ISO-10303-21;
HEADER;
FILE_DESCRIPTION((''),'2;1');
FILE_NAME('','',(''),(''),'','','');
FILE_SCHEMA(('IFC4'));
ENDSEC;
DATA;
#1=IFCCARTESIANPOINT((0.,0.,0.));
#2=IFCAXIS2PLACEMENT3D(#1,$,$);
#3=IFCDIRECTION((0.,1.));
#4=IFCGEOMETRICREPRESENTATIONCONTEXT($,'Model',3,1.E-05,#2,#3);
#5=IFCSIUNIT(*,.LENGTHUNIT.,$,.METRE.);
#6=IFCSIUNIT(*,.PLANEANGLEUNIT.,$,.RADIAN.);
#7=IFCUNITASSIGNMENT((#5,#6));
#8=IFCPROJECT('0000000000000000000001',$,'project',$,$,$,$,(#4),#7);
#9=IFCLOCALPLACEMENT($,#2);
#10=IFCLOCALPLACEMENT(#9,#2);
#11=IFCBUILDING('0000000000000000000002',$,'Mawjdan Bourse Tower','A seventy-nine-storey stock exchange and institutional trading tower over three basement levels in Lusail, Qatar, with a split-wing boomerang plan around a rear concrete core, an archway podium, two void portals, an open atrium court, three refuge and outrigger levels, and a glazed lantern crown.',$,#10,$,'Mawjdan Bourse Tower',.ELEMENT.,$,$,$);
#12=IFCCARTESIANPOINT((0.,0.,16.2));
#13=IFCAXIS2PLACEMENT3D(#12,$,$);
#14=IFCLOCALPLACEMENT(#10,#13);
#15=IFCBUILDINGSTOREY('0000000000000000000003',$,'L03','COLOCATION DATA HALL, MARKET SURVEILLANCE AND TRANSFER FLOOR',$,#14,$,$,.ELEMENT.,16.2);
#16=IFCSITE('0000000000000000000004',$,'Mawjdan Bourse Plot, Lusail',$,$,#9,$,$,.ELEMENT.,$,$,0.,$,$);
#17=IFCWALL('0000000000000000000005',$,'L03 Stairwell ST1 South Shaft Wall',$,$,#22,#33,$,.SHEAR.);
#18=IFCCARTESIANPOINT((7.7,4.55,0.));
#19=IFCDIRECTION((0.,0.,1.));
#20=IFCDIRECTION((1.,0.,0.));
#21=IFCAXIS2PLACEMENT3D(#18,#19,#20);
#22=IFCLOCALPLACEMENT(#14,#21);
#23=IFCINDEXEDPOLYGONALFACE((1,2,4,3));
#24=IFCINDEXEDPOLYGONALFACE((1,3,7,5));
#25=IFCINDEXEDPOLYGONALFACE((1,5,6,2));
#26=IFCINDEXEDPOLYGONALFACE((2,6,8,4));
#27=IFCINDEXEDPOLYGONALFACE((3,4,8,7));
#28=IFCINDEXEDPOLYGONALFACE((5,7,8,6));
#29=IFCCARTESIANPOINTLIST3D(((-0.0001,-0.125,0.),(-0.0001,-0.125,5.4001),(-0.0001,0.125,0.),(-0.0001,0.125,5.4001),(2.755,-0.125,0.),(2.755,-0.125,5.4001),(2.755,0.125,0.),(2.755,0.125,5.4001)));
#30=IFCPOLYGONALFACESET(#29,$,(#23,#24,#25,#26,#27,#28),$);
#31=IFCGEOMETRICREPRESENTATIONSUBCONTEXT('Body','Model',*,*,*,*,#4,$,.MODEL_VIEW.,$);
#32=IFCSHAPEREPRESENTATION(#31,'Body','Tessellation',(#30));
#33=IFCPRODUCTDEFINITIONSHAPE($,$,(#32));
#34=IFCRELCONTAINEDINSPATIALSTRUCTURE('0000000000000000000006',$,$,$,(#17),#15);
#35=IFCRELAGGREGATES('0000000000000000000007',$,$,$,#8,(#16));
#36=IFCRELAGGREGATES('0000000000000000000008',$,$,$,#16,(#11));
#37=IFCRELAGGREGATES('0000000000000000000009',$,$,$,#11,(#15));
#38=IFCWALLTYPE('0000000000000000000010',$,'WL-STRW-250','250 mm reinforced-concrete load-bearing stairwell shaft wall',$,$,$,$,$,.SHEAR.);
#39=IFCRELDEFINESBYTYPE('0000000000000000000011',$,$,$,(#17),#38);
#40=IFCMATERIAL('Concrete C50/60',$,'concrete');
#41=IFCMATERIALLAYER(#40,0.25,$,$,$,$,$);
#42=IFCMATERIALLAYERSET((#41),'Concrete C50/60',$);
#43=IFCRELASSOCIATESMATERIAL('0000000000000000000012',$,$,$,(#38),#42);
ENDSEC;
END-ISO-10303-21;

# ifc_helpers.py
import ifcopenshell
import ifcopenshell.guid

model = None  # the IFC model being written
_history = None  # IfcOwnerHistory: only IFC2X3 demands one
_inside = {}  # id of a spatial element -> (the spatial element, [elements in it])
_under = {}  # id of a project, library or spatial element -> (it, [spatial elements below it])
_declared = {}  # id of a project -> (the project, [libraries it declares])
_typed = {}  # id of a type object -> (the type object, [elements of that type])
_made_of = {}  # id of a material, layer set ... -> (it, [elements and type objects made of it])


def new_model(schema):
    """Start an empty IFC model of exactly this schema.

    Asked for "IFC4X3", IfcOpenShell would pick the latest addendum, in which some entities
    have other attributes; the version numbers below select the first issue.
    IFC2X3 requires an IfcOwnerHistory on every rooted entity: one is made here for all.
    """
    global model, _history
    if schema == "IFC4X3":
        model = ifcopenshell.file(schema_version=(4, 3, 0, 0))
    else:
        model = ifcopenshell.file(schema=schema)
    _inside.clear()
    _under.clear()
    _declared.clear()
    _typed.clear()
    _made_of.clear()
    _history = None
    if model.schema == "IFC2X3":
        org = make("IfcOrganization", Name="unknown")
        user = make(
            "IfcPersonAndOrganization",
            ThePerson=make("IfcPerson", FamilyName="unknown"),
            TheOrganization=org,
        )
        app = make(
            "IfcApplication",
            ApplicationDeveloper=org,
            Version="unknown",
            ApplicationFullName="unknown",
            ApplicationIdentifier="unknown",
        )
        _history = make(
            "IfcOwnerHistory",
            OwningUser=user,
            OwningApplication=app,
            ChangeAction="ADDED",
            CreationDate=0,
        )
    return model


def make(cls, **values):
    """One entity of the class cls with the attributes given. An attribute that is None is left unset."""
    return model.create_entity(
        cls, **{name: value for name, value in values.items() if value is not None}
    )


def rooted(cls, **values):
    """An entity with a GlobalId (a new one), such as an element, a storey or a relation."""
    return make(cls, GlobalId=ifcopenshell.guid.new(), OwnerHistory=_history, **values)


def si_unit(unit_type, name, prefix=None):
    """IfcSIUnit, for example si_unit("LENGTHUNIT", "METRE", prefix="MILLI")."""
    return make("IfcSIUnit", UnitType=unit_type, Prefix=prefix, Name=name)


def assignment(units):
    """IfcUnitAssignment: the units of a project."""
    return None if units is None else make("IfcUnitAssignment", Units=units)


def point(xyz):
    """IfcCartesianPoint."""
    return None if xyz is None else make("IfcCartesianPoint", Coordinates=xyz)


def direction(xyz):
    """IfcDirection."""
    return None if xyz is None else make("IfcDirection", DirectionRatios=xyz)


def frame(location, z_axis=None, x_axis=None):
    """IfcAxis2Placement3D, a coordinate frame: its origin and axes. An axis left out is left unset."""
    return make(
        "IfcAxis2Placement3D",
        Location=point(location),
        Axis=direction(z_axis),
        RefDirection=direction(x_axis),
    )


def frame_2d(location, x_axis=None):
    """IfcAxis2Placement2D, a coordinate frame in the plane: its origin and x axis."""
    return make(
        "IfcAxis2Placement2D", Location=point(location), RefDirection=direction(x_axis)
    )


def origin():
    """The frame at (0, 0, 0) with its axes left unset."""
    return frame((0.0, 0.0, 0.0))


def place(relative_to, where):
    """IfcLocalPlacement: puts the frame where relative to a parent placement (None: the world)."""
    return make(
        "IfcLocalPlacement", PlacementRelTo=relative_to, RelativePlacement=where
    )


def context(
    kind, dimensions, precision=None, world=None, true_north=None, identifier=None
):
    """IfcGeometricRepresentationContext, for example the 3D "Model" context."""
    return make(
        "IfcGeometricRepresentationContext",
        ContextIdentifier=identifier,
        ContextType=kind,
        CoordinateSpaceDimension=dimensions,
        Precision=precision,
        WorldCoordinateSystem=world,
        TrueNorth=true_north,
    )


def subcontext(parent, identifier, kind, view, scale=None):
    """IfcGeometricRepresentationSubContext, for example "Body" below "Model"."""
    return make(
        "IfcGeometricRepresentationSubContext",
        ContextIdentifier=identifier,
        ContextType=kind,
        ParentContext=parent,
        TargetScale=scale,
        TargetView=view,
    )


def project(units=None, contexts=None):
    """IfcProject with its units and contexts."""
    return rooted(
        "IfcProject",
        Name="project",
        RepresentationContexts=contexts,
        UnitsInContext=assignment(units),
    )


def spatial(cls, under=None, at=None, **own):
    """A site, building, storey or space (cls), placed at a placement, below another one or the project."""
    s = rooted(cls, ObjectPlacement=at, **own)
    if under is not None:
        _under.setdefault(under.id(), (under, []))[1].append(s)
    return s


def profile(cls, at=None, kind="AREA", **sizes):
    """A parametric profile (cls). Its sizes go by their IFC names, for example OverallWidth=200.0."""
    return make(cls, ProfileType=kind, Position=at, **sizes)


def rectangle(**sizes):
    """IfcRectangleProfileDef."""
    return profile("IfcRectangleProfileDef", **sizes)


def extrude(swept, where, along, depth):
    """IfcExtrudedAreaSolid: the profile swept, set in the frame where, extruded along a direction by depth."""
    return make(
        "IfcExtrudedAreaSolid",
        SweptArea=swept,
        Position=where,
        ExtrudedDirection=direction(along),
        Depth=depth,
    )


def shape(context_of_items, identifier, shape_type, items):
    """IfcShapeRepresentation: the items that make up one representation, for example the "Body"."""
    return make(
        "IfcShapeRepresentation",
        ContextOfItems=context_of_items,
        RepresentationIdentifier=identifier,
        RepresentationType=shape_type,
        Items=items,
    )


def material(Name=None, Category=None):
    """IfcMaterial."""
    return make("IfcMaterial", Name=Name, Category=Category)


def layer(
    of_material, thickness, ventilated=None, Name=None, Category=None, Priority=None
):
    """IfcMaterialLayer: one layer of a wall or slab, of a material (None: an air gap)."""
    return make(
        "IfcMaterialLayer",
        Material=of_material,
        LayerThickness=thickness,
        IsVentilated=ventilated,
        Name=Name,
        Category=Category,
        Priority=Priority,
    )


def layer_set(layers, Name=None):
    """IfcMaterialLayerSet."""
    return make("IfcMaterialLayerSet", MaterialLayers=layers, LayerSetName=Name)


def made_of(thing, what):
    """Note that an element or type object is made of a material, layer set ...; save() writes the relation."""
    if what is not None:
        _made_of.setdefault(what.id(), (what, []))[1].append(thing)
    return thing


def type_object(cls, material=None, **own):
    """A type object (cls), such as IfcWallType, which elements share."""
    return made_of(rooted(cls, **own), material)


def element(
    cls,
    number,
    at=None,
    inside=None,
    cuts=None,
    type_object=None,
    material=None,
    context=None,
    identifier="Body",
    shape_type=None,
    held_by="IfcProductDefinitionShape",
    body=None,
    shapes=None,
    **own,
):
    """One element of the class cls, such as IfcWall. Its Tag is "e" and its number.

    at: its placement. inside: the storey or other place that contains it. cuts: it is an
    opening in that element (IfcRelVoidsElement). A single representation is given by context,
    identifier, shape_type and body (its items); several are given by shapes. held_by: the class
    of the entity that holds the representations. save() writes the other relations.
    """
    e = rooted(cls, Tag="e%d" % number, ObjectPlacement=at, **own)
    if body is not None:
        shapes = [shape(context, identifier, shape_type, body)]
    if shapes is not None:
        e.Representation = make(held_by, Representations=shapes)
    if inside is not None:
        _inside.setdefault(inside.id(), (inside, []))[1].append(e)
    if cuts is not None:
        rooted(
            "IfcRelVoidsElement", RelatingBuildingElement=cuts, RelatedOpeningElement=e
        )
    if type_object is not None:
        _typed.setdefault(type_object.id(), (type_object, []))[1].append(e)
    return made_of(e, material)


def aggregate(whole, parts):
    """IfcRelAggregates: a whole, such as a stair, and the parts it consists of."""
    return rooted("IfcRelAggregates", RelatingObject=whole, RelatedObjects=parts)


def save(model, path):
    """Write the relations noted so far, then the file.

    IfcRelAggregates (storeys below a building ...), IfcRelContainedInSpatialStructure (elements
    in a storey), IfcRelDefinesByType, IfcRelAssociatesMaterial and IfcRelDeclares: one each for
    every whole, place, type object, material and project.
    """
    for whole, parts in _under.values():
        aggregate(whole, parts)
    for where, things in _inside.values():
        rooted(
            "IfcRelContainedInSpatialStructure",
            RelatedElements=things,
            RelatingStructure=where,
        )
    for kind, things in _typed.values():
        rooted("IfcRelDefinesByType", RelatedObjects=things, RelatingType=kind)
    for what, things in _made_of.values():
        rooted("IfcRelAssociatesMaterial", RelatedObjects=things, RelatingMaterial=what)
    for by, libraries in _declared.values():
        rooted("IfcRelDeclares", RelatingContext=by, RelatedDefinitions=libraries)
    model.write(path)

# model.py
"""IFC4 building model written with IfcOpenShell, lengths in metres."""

from ifc_helpers import new_model, si_unit, direction, frame, frame_2d, origin, place, context, subcontext, project, spatial, rectangle, extrude, material, layer, layer_set, type_object, element, save


model = new_model("IFC4")

# Units and contexts
model_context = context("Model", 3, precision=1e-05, world=origin(), true_north=direction((0.0, 1.0)))
body_context = subcontext(model_context, "Body", "Model", "MODEL_VIEW")
ifc_project = project(units=[si_unit("LENGTHUNIT", "METRE"), si_unit("PLANEANGLEUNIT", "RADIAN")], contexts=[model_context])

# Site, building, storey
site_placement = place(None, origin())
site = spatial("IfcSite", under=ifc_project, at=site_placement, Name="Mawjdan Bourse Plot, Lusail", CompositionType="ELEMENT", RefElevation=0.0)
building_placement = place(site_placement, origin())
building = spatial("IfcBuilding", under=site, at=building_placement, Name="Mawjdan Bourse Tower", Description="A seventy-nine-storey stock exchange and institutional trading tower over three basement levels in Lusail, Qatar, with a split-wing boomerang plan around a rear concrete core, an archway podium, two void portals, an open atrium court, three refuge and outrigger levels, and a glazed lantern crown.", LongName="Mawjdan Bourse Tower", CompositionType="ELEMENT")
storey_placement = place(building_placement, frame((0.0, 0.0, 16.2)))
storey = spatial("IfcBuildingStorey", under=building, at=storey_placement, Name="L03", Description="COLOCATION DATA HALL, MARKET SURVEILLANCE AND TRANSFER FLOOR", CompositionType="ELEMENT", Elevation=16.2)

# Shared definitions
ifc_material_1 = material(Name="Concrete C50/60", Category="concrete")

# Wall
ifc_layer_1 = layer(ifc_material_1, 0.25)
ifc_layer_set_1 = layer_set([ifc_layer_1], Name="Concrete C50/60")
wall_type_1 = type_object("IfcWallType", Name="WL-STRW-250", Description="250 mm reinforced-concrete load-bearing stairwell shaft wall", PredefinedType="SHEAR", material=ifc_layer_set_1)
wall_1_placement = place(storey_placement, frame((7.7, 4.55, 0.0), z_axis=(0.0, 0.0, 1.0), x_axis=(1.0, 0.0, 0.0)))
element("IfcWall", 1, at=wall_1_placement, inside=storey, type_object=wall_type_1, Name="L03 Stairwell ST1 South Shaft Wall", PredefinedType="SHEAR", context=body_context, shape_type="SweptSolid", body=[
    extrude(rectangle(XDim=2.7551, YDim=0.25, at=frame_2d((1.3774, 0.0))), origin(), (0.0, 0.0, 1.0), 5.4001),
])

save(model, "model.ifc")
